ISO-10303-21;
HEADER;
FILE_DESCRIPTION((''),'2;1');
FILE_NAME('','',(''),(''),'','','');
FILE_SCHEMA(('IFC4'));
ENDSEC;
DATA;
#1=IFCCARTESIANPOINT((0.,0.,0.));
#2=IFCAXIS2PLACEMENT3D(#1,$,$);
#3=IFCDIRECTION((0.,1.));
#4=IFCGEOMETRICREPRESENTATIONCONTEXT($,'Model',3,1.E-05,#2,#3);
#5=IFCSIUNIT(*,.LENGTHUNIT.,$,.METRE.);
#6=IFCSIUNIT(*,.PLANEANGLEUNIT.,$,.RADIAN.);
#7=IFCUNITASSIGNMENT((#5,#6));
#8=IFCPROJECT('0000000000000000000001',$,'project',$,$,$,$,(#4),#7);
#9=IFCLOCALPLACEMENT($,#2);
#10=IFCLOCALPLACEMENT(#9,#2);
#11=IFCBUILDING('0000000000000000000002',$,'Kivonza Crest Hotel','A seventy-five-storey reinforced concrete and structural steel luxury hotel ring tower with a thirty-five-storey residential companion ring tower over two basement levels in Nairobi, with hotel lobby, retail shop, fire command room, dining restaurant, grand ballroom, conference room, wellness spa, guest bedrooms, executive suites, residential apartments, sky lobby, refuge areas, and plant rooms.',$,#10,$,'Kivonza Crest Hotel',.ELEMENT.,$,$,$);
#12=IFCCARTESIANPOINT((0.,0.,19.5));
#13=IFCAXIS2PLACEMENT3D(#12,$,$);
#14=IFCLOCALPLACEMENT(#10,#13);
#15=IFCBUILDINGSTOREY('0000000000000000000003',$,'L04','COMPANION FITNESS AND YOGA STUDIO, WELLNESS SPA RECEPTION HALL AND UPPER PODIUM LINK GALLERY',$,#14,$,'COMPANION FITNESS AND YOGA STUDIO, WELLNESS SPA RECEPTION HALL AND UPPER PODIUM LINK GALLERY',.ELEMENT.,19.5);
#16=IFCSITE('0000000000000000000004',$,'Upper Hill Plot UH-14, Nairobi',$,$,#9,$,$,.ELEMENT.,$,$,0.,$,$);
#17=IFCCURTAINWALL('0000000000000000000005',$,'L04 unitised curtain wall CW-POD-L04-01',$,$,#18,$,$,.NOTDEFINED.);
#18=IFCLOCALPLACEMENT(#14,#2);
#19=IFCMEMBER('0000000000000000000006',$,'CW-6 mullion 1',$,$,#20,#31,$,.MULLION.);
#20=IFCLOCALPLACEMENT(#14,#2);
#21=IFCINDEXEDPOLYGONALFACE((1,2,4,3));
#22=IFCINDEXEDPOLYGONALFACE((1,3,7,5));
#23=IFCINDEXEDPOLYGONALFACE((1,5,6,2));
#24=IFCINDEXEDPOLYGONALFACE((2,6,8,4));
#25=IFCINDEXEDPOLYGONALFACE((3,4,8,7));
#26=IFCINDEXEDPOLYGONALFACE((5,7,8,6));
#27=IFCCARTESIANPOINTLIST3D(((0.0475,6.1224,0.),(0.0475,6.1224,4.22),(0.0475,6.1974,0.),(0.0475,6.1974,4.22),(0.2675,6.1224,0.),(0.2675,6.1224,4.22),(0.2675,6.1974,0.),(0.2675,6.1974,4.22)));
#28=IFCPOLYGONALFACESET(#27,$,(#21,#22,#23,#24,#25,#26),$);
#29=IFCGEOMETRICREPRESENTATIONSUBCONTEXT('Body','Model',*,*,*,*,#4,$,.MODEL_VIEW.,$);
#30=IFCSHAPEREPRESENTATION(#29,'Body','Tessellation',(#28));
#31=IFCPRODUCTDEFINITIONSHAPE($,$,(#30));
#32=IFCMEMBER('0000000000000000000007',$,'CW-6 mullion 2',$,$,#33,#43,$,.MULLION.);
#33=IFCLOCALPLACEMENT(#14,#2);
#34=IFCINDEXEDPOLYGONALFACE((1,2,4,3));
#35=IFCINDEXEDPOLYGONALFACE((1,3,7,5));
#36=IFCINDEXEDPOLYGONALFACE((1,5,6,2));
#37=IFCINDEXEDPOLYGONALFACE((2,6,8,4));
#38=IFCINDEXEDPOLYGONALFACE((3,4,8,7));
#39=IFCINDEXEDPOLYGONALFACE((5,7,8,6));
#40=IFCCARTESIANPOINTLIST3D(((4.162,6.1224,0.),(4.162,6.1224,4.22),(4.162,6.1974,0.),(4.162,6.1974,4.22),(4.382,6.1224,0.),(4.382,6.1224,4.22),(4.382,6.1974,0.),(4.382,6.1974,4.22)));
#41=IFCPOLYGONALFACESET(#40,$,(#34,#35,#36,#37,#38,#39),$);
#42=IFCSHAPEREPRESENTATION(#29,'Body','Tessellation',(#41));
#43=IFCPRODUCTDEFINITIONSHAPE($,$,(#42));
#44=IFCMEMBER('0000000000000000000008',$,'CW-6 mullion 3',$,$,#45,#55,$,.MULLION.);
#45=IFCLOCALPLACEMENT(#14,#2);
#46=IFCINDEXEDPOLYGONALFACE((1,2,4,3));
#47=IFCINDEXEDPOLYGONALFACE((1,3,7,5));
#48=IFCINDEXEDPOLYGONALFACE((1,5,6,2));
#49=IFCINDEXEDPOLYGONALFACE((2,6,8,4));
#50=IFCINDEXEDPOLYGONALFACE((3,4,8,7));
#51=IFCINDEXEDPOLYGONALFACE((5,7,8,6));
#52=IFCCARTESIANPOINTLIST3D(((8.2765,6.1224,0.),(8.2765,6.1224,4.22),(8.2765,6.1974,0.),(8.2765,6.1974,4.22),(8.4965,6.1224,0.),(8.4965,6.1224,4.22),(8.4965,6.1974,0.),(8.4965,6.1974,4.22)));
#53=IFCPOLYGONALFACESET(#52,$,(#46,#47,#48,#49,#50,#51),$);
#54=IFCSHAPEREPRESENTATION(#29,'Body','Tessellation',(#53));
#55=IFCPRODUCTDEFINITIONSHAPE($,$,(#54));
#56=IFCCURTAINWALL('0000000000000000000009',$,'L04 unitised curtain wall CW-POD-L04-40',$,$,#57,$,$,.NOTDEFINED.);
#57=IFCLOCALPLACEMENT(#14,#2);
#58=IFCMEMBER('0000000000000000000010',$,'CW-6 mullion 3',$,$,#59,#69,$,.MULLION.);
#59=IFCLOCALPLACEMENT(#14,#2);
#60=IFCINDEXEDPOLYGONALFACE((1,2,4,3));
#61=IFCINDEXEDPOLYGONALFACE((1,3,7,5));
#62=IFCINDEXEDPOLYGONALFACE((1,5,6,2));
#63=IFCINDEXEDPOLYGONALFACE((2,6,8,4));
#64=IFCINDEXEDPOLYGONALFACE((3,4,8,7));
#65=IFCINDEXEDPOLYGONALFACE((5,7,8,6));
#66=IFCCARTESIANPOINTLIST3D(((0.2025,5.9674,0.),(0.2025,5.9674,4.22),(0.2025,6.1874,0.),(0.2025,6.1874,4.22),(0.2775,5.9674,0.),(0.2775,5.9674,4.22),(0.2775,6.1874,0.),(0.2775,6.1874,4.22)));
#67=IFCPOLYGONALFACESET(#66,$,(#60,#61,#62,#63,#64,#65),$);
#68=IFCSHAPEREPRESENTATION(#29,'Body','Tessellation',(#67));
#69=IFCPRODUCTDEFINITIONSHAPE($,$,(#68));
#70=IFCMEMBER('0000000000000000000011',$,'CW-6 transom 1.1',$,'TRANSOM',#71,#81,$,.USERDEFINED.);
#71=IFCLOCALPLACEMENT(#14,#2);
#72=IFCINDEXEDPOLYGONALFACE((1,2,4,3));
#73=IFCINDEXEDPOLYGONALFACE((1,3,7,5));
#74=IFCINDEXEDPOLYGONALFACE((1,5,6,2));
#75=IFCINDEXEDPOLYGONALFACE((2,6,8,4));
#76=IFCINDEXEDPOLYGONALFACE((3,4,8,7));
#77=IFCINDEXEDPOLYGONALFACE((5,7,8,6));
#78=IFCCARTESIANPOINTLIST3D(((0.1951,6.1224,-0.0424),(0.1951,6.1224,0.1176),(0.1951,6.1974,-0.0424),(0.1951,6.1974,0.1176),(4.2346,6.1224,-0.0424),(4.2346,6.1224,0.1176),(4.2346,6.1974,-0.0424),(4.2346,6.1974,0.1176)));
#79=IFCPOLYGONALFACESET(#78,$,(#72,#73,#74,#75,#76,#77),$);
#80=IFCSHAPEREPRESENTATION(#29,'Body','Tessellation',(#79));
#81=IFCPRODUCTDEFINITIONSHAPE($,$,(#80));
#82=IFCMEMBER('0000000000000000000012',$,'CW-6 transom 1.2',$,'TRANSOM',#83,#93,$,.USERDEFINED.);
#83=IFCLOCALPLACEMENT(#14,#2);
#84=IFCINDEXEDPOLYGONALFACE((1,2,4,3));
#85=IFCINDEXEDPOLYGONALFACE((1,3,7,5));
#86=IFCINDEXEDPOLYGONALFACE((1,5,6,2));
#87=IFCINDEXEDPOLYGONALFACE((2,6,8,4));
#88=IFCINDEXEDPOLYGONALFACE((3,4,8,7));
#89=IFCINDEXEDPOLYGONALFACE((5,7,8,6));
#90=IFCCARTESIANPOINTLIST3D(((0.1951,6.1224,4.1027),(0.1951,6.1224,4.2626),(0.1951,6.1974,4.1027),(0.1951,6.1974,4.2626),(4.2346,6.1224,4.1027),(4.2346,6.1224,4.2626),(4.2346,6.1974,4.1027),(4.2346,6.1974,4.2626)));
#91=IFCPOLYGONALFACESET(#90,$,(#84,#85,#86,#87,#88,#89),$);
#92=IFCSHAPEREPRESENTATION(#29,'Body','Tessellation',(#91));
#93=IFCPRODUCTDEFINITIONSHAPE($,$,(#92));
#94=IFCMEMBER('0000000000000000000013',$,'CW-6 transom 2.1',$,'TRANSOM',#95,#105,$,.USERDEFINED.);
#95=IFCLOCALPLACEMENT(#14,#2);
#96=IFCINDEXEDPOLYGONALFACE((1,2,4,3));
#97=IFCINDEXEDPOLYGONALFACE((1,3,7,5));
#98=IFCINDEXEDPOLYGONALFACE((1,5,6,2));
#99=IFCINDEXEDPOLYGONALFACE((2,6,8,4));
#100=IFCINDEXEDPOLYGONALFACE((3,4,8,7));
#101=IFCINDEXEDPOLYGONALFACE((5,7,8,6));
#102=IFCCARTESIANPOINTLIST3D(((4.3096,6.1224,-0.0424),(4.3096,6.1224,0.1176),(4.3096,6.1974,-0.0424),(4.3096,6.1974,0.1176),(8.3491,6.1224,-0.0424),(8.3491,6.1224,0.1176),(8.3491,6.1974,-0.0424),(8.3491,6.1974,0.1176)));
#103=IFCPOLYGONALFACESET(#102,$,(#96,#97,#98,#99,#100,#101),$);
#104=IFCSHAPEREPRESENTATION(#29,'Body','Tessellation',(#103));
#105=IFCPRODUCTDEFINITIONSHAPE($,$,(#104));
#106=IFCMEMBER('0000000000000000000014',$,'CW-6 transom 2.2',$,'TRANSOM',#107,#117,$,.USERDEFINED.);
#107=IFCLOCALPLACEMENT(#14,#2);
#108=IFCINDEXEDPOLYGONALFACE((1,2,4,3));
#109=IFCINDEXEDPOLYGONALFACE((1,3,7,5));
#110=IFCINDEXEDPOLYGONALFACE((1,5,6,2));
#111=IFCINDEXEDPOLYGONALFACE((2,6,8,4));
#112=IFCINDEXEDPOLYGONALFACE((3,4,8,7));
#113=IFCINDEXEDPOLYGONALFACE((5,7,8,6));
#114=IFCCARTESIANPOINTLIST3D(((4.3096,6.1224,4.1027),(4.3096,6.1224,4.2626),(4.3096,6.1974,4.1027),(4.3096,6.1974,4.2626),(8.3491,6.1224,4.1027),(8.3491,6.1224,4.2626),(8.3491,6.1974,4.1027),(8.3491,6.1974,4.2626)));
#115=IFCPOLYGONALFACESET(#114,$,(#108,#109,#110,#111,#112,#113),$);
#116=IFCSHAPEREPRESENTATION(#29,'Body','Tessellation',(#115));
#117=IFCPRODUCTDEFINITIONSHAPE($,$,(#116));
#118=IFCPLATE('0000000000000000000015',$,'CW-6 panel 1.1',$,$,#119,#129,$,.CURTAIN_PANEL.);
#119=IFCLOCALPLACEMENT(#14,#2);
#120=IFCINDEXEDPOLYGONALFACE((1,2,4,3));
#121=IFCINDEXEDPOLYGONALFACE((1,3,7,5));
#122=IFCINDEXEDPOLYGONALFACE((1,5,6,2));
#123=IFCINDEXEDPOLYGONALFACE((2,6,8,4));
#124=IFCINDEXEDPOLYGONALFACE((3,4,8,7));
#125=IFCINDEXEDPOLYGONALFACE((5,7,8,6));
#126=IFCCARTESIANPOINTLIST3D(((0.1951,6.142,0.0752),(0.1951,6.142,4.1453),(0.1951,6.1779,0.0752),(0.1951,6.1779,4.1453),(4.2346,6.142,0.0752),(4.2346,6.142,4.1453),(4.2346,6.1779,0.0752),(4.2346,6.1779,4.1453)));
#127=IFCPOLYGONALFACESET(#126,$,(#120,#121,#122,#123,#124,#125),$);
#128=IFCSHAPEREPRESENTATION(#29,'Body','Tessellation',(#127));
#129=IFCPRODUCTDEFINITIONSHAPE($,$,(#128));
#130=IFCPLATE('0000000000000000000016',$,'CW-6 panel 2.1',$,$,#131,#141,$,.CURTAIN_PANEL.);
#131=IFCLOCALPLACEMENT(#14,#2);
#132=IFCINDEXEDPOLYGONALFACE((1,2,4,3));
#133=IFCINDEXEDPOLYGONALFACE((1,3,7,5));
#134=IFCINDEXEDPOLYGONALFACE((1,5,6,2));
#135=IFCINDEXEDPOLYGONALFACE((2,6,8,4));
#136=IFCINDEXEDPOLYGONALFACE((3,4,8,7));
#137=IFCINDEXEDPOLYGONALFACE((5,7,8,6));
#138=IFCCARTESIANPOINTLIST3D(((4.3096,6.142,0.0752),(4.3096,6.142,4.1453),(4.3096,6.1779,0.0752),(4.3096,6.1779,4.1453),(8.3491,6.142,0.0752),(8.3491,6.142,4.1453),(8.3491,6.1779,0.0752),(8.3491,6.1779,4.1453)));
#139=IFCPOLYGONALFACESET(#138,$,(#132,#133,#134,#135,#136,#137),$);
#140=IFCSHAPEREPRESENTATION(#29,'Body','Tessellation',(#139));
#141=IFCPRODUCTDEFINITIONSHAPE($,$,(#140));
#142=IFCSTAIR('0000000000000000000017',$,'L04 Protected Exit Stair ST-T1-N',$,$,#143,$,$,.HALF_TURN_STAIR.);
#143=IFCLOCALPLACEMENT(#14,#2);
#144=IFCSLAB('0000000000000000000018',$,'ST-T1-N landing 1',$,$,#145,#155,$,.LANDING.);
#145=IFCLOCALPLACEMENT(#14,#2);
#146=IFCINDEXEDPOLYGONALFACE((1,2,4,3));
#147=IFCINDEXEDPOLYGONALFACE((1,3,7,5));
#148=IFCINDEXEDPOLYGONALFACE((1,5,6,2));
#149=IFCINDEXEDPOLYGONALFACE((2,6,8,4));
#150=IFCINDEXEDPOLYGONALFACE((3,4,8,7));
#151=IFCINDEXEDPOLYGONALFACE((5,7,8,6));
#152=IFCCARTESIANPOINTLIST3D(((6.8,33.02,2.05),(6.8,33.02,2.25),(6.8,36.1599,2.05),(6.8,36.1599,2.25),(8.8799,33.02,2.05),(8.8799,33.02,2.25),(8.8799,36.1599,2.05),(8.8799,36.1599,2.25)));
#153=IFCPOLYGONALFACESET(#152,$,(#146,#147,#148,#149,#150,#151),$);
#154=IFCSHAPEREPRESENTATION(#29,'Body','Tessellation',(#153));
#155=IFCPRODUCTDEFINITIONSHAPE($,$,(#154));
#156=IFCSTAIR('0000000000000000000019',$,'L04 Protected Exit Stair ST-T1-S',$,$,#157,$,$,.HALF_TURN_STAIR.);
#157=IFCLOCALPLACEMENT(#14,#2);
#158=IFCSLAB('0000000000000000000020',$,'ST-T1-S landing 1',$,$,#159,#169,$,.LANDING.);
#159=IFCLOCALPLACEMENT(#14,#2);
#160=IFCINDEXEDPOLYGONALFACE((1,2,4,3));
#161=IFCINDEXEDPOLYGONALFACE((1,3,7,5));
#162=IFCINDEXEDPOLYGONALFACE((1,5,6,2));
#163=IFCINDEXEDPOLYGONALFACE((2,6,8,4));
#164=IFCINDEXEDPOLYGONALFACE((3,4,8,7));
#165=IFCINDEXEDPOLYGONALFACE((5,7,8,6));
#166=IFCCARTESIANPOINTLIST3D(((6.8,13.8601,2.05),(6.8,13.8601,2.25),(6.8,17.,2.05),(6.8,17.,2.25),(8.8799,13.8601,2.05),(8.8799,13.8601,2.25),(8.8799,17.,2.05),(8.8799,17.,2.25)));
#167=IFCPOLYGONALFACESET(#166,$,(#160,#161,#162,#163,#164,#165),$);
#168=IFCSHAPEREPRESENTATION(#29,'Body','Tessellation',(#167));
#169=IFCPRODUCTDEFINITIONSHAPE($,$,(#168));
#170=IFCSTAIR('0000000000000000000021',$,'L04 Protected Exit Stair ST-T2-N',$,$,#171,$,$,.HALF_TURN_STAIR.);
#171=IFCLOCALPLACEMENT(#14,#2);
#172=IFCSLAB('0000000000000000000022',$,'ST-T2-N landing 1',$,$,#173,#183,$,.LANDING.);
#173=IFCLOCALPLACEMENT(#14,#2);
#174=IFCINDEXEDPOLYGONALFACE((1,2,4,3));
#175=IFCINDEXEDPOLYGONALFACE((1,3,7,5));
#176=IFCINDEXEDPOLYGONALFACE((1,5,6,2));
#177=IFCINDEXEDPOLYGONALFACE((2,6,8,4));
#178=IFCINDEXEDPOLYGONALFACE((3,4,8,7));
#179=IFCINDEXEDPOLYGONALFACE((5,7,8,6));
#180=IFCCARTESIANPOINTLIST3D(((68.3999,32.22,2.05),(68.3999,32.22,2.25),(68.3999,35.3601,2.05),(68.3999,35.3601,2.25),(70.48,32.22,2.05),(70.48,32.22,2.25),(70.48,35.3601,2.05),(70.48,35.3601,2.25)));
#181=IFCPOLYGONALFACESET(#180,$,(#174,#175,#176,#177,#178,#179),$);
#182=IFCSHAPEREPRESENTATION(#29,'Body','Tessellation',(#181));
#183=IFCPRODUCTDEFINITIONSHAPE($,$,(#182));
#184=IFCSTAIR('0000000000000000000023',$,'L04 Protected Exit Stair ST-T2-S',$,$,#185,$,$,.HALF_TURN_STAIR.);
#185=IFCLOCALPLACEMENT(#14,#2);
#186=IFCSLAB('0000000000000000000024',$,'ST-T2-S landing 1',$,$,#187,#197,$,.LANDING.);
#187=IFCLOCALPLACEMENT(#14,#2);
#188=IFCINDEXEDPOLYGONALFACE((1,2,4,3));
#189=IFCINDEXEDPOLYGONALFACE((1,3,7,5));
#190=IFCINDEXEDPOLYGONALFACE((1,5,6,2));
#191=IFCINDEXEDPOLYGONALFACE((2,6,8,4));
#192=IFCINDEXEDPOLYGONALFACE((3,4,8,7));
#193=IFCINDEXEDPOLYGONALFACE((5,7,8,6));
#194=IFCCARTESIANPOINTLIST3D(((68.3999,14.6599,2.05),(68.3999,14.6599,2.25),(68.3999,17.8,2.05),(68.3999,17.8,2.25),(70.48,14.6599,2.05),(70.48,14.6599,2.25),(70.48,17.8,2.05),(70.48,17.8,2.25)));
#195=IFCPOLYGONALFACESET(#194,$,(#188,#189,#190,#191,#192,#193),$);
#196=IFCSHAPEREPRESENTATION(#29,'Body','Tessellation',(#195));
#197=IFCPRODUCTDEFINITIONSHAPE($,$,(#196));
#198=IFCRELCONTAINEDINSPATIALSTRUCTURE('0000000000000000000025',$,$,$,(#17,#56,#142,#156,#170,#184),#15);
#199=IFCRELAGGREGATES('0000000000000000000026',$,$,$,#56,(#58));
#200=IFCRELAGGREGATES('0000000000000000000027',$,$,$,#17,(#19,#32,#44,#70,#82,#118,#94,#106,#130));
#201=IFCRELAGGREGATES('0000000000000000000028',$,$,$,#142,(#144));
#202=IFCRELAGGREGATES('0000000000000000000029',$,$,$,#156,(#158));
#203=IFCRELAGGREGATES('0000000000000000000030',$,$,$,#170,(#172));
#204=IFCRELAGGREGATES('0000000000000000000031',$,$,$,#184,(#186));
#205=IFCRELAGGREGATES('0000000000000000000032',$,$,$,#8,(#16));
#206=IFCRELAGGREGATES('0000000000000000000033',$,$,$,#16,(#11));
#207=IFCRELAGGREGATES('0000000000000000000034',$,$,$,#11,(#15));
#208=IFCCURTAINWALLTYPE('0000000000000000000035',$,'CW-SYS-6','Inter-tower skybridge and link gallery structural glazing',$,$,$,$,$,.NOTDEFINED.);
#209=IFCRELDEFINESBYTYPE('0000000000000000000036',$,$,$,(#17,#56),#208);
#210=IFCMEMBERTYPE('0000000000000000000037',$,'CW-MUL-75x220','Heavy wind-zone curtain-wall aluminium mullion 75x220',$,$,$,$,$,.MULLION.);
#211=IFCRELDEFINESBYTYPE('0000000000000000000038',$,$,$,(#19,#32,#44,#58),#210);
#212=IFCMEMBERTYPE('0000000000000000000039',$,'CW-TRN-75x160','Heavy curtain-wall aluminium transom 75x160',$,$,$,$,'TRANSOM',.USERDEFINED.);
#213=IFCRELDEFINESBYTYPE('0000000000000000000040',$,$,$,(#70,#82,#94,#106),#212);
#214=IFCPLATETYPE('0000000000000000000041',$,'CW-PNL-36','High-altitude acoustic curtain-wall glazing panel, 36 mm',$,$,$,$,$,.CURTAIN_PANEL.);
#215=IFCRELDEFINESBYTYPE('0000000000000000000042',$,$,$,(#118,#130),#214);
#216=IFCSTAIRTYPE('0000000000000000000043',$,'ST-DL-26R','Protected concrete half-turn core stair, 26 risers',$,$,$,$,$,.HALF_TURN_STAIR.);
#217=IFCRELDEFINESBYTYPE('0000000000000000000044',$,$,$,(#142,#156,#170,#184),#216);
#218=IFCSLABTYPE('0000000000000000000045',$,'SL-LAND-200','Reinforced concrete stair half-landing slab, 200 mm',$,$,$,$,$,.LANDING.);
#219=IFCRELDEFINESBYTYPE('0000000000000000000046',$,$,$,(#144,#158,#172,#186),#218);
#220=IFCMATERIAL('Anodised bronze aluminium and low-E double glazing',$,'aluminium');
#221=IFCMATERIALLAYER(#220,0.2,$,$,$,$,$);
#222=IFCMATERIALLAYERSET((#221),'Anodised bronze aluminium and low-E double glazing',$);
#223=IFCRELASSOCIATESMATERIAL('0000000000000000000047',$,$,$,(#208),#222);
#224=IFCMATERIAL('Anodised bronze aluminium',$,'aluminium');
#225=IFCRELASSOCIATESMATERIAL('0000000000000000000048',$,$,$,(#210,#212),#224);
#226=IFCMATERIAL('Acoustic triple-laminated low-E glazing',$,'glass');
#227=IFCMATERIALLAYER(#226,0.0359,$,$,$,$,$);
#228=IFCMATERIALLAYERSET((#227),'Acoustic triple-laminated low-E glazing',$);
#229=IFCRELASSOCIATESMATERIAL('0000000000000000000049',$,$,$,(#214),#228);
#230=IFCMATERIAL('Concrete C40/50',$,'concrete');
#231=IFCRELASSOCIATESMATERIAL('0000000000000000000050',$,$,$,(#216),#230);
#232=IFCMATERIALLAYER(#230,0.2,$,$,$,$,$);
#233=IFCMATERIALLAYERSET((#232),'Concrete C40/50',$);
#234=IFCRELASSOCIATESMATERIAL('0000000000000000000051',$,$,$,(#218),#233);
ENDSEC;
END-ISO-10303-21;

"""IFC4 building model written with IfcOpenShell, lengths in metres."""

from ifc_helpers import new_model, si_unit, direction, frame, origin, origin_2d, place, context, subcontext, project, spatial, polyline, rectangle, outline, extrude, material, layer, layer_set, material_profile, profile_set, type_object, element, aggregate, save


model = new_model("IFC4")

# Units and contexts
model_context = context("Model", 3, precision=1e-05, world=origin(), true_north=direction((0.0, 1.0)))
body_context = subcontext(model_context, "Body", "Model", "MODEL_VIEW")
ifc_project = project(units=[si_unit("LENGTHUNIT", "METRE"), si_unit("PLANEANGLEUNIT", "RADIAN")], contexts=[model_context])

# Site, building, storey
site_placement = place(None, origin())
site = spatial("IfcSite", under=ifc_project, at=site_placement, Name="Upper Hill Plot UH-14, Nairobi", CompositionType="ELEMENT", RefElevation=0.0)
building_placement = place(site_placement, origin())
building = spatial("IfcBuilding", under=site, at=building_placement, Name="Kivonza Crest Hotel", Description="A seventy-five-storey reinforced concrete and structural steel luxury hotel ring tower with a thirty-five-storey residential companion ring tower over two basement levels in Nairobi, with hotel lobby, retail shop, fire command room, dining restaurant, grand ballroom, conference room, wellness spa, guest bedrooms, executive suites, residential apartments, sky lobby, refuge areas, and plant rooms.", LongName="Kivonza Crest Hotel", CompositionType="ELEMENT")
storey_placement = place(building_placement, frame((0.0, 0.0, 19.5)))
storey = spatial("IfcBuildingStorey", under=building, at=storey_placement, Name="L04", Description="COMPANION FITNESS AND YOGA STUDIO, WELLNESS SPA RECEPTION HALL AND UPPER PODIUM LINK GALLERY", LongName="COMPANION FITNESS AND YOGA STUDIO, WELLNESS SPA RECEPTION HALL AND UPPER PODIUM LINK GALLERY", CompositionType="ELEMENT", Elevation=19.5)

# Curtain wall, members
ifc_material_1 = material(Name="Anodised bronze aluminium and low-E double glazing", Category="aluminium")
ifc_layer_1 = layer(ifc_material_1, 0.2)
ifc_layer_set_1 = layer_set([ifc_layer_1], Name="Anodised bronze aluminium and low-E double glazing")
curtain_wall_type = type_object("IfcCurtainWallType", Name="CW-SYS-6", Description="Inter-tower skybridge and link gallery structural glazing", PredefinedType="NOTDEFINED", material=ifc_layer_set_1)
curtain_wall_1_placement = place(storey_placement, origin())
curtain_wall_1 = element("IfcCurtainWall", 1, at=curtain_wall_1_placement, inside=storey, type_object=curtain_wall_type, Name="L04 unitised curtain wall CW-POD-L04-01", PredefinedType="NOTDEFINED")
ifc_material_2 = material(Name="Anodised bronze aluminium", Category="aluminium")
ifc_material_profile_1 = material_profile(ifc_material_2, rectangle(XDim=0.075, YDim=0.22, at=origin_2d()), Name="CW-M 75x220")
ifc_profile_set_1 = profile_set([ifc_material_profile_1], Name="Anodised bronze aluminium")
member_type_1 = type_object("IfcMemberType", Name="CW-MUL-75x220", Description="Heavy wind-zone curtain-wall aluminium mullion 75x220", PredefinedType="MULLION", material=ifc_profile_set_1)
member_1_placement = place(storey_placement, frame((0.1575, 6.1599, 0.0), z_axis=(0.0, 0.0, 1.0), x_axis=(0.0, 1.0, 0.0)))
member_1 = element("IfcMember", 2, at=member_1_placement, type_object=member_type_1, Name="CW-6 mullion 1", PredefinedType="MULLION", context=body_context, shape_type="SweptSolid", body=[
    extrude(rectangle(XDim=0.075, YDim=0.22, at=origin_2d()), origin(), (0.0, 0.0, 1.0), 4.22),
])
member_2_placement = place(storey_placement, frame((4.272, 6.1599, 0.0), z_axis=(0.0, 0.0, 1.0), x_axis=(0.0, 1.0, 0.0)))
member_2 = element("IfcMember", 3, at=member_2_placement, type_object=member_type_1, Name="CW-6 mullion 2", PredefinedType="MULLION", context=body_context, shape_type="SweptSolid", body=[
    extrude(rectangle(XDim=0.075, YDim=0.22, at=origin_2d()), origin(), (0.0, 0.0, 1.0), 4.22),
])
member_3_placement = place(storey_placement, frame((8.3865, 6.1599, 0.0), z_axis=(0.0, 0.0, 1.0), x_axis=(0.0, 1.0, 0.0)))
member_3 = element("IfcMember", 4, at=member_3_placement, type_object=member_type_1, Name="CW-6 mullion 3", PredefinedType="MULLION", context=body_context, shape_type="SweptSolid", body=[
    extrude(rectangle(XDim=0.075, YDim=0.22, at=origin_2d()), origin(), (0.0, 0.0, 1.0), 4.22),
])

# Curtain wall, member
curtain_wall_2_placement = place(storey_placement, origin())
curtain_wall_2 = element("IfcCurtainWall", 5, at=curtain_wall_2_placement, inside=storey, type_object=curtain_wall_type, Name="L04 unitised curtain wall CW-POD-L04-40", PredefinedType="NOTDEFINED")
member_4_placement = place(storey_placement, frame((0.24, 6.0774, 0.0), z_axis=(0.0, 0.0, 1.0), x_axis=(1.0, 0.0, 0.0)))
member_4 = element("IfcMember", 6, at=member_4_placement, type_object=member_type_1, Name="CW-6 mullion 3", PredefinedType="MULLION", context=body_context, shape_type="SweptSolid", body=[
    extrude(rectangle(XDim=0.075, YDim=0.22, at=origin_2d()), origin(), (0.0, 0.0, 1.0), 4.22),
])
aggregate(curtain_wall_2, [member_4])

# Members
ifc_material_profile_2 = material_profile(ifc_material_2, rectangle(XDim=0.075, YDim=0.1599, at=origin_2d()), Name="CW-T 75x160")
ifc_profile_set_2 = profile_set([ifc_material_profile_2], Name="Anodised bronze aluminium")
member_type_2 = type_object("IfcMemberType", Name="CW-TRN-75x160", Description="Heavy curtain-wall aluminium transom 75x160", ElementType="TRANSOM", PredefinedType="USERDEFINED", material=ifc_profile_set_2)
member_5_placement = place(storey_placement, frame((0.1951, 6.1599, 0.0376), z_axis=(1.0, 0.0, 0.0), x_axis=(0.0, 1.0, 0.0)))
member_5 = element("IfcMember", 7, at=member_5_placement, type_object=member_type_2, Name="CW-6 transom 1.1", ObjectType="TRANSOM", PredefinedType="USERDEFINED", context=body_context, shape_type="SweptSolid", body=[
    extrude(rectangle(XDim=0.075, YDim=0.1599, at=origin_2d()), origin(), (0.0, 0.0, 1.0), 4.0396),
])
member_6_placement = place(storey_placement, frame((0.1951, 6.1599, 4.1826), z_axis=(1.0, 0.0, 0.0), x_axis=(0.0, 1.0, 0.0)))
member_6 = element("IfcMember", 8, at=member_6_placement, type_object=member_type_2, Name="CW-6 transom 1.2", ObjectType="TRANSOM", PredefinedType="USERDEFINED", context=body_context, shape_type="SweptSolid", body=[
    extrude(rectangle(XDim=0.075, YDim=0.1599, at=origin_2d()), origin(), (0.0, 0.0, 1.0), 4.0396),
])
member_7_placement = place(storey_placement, frame((4.3096, 6.1599, 0.0376), z_axis=(1.0, 0.0, 0.0), x_axis=(0.0, 1.0, 0.0)))
member_7 = element("IfcMember", 9, at=member_7_placement, type_object=member_type_2, Name="CW-6 transom 2.1", ObjectType="TRANSOM", PredefinedType="USERDEFINED", context=body_context, shape_type="SweptSolid", body=[
    extrude(rectangle(XDim=0.075, YDim=0.1599, at=origin_2d()), origin(), (0.0, 0.0, 1.0), 4.0396),
])
member_8_placement = place(storey_placement, frame((4.3096, 6.1599, 4.1826), z_axis=(1.0, 0.0, 0.0), x_axis=(0.0, 1.0, 0.0)))
member_8 = element("IfcMember", 10, at=member_8_placement, type_object=member_type_2, Name="CW-6 transom 2.2", ObjectType="TRANSOM", PredefinedType="USERDEFINED", context=body_context, shape_type="SweptSolid", body=[
    extrude(rectangle(XDim=0.075, YDim=0.1599, at=origin_2d()), origin(), (0.0, 0.0, 1.0), 4.0396),
])

# Plates
ifc_material_3 = material(Name="Acoustic triple-laminated low-E glazing", Category="glass")
ifc_layer_2 = layer(ifc_material_3, 0.0359)
ifc_layer_set_2 = layer_set([ifc_layer_2], Name="Acoustic triple-laminated low-E glazing")
plate_type = type_object("IfcPlateType", Name="CW-PNL-36", Description="High-altitude acoustic curtain-wall glazing panel, 36 mm", PredefinedType="CURTAIN_PANEL", material=ifc_layer_set_2)
plate_1_placement = place(storey_placement, frame((2.2148, 6.1599, 0.0752), z_axis=(0.0, 0.0, 1.0), x_axis=(1.0, 0.0, 0.0)))
plate_1 = element("IfcPlate", 11, at=plate_1_placement, type_object=plate_type, Name="CW-6 panel 1.1", PredefinedType="CURTAIN_PANEL", context=body_context, shape_type="SweptSolid", body=[
    extrude(rectangle(XDim=4.0396, YDim=0.0359, at=origin_2d()), origin(), (0.0, 0.0, 1.0), 4.0701),
])
plate_2_placement = place(storey_placement, frame((6.3293, 6.1599, 0.0752), z_axis=(0.0, 0.0, 1.0), x_axis=(1.0, 0.0, 0.0)))
plate_2 = element("IfcPlate", 12, at=plate_2_placement, type_object=plate_type, Name="CW-6 panel 2.1", PredefinedType="CURTAIN_PANEL", context=body_context, shape_type="SweptSolid", body=[
    extrude(rectangle(XDim=4.0396, YDim=0.0359, at=origin_2d()), origin(), (0.0, 0.0, 1.0), 4.0701),
])
aggregate(curtain_wall_1, [member_1, member_2, member_3, member_5, member_6, plate_1, member_7, member_8, plate_2])

# Stairs, slabs
ifc_material_4 = material(Name="Concrete C40/50", Category="concrete")
stair_type = type_object("IfcStairType", Name="ST-DL-26R", Description="Protected concrete half-turn core stair, 26 risers", PredefinedType="HALF_TURN_STAIR", material=ifc_material_4)
stair_1_placement = place(storey_placement, origin())
stair_1 = element("IfcStair", 13, at=stair_1_placement, inside=storey, type_object=stair_type, Name="L04 Protected Exit Stair ST-T1-N", PredefinedType="HALF_TURN_STAIR")
ifc_layer_3 = layer(ifc_material_4, 0.2)
ifc_layer_set_3 = layer_set([ifc_layer_3], Name="Concrete C40/50")
slab_type_1 = type_object("IfcSlabType", Name="SL-LAND-200", Description="Reinforced concrete stair half-landing slab, 200 mm", PredefinedType="LANDING", material=ifc_layer_set_3)
slab_1_placement = place(storey_placement, frame((0.0, 0.0, 2.05)))
slab_1 = element("IfcSlab", 14, at=slab_1_placement, type_object=slab_type_1, Name="ST-T1-N landing 1", PredefinedType="LANDING", context=body_context, shape_type="SweptSolid", body=[
    extrude(outline(polyline([(8.8799, 36.1599), (6.8, 36.1599), (6.8, 33.02), (8.8799, 33.02), (8.8799, 36.1599)])), origin(), (0.0, 0.0, 1.0), 0.2),
])
aggregate(stair_1, [slab_1])
stair_2_placement = place(storey_placement, origin())
stair_2 = element("IfcStair", 15, at=stair_2_placement, inside=storey, type_object=stair_type, Name="L04 Protected Exit Stair ST-T1-S", PredefinedType="HALF_TURN_STAIR")
slab_2_placement = place(storey_placement, frame((0.0, 0.0, 2.05)))
slab_2 = element("IfcSlab", 16, at=slab_2_placement, type_object=slab_type_1, Name="ST-T1-S landing 1", PredefinedType="LANDING", context=body_context, shape_type="SweptSolid", body=[
    extrude(outline(polyline([(8.8799, 17.0), (6.8, 17.0), (6.8, 13.8601), (8.8799, 13.8601), (8.8799, 17.0)])), origin(), (0.0, 0.0, 1.0), 0.2),
])
aggregate(stair_2, [slab_2])
stair_3_placement = place(storey_placement, origin())
stair_3 = element("IfcStair", 17, at=stair_3_placement, inside=storey, type_object=stair_type, Name="L04 Protected Exit Stair ST-T2-N", PredefinedType="HALF_TURN_STAIR")
slab_3_placement = place(storey_placement, frame((0.0, 0.0, 2.05)))
slab_3 = element("IfcSlab", 18, at=slab_3_placement, type_object=slab_type_1, Name="ST-T2-N landing 1", PredefinedType="LANDING", context=body_context, shape_type="SweptSolid", body=[
    extrude(outline(polyline([(70.48, 35.3601), (68.3999, 35.3601), (68.3999, 32.22), (70.48, 32.22), (70.48, 35.3601)])), origin(), (0.0, 0.0, 1.0), 0.2),
])
aggregate(stair_3, [slab_3])
stair_4_placement = place(storey_placement, origin())
stair_4 = element("IfcStair", 19, at=stair_4_placement, inside=storey, type_object=stair_type, Name="L04 Protected Exit Stair ST-T2-S", PredefinedType="HALF_TURN_STAIR")
slab_4_placement = place(storey_placement, frame((0.0, 0.0, 2.05)))
slab_4 = element("IfcSlab", 20, at=slab_4_placement, type_object=slab_type_1, Name="ST-T2-S landing 1", PredefinedType="LANDING", context=body_context, shape_type="SweptSolid", body=[
    extrude(outline(polyline([(70.48, 17.8), (68.3999, 17.8), (68.3999, 14.6599), (70.48, 14.6599), (70.48, 17.8)])), origin(), (0.0, 0.0, 1.0), 0.2),
])
aggregate(stair_4, [slab_4])

save(model, "model.ifc")
